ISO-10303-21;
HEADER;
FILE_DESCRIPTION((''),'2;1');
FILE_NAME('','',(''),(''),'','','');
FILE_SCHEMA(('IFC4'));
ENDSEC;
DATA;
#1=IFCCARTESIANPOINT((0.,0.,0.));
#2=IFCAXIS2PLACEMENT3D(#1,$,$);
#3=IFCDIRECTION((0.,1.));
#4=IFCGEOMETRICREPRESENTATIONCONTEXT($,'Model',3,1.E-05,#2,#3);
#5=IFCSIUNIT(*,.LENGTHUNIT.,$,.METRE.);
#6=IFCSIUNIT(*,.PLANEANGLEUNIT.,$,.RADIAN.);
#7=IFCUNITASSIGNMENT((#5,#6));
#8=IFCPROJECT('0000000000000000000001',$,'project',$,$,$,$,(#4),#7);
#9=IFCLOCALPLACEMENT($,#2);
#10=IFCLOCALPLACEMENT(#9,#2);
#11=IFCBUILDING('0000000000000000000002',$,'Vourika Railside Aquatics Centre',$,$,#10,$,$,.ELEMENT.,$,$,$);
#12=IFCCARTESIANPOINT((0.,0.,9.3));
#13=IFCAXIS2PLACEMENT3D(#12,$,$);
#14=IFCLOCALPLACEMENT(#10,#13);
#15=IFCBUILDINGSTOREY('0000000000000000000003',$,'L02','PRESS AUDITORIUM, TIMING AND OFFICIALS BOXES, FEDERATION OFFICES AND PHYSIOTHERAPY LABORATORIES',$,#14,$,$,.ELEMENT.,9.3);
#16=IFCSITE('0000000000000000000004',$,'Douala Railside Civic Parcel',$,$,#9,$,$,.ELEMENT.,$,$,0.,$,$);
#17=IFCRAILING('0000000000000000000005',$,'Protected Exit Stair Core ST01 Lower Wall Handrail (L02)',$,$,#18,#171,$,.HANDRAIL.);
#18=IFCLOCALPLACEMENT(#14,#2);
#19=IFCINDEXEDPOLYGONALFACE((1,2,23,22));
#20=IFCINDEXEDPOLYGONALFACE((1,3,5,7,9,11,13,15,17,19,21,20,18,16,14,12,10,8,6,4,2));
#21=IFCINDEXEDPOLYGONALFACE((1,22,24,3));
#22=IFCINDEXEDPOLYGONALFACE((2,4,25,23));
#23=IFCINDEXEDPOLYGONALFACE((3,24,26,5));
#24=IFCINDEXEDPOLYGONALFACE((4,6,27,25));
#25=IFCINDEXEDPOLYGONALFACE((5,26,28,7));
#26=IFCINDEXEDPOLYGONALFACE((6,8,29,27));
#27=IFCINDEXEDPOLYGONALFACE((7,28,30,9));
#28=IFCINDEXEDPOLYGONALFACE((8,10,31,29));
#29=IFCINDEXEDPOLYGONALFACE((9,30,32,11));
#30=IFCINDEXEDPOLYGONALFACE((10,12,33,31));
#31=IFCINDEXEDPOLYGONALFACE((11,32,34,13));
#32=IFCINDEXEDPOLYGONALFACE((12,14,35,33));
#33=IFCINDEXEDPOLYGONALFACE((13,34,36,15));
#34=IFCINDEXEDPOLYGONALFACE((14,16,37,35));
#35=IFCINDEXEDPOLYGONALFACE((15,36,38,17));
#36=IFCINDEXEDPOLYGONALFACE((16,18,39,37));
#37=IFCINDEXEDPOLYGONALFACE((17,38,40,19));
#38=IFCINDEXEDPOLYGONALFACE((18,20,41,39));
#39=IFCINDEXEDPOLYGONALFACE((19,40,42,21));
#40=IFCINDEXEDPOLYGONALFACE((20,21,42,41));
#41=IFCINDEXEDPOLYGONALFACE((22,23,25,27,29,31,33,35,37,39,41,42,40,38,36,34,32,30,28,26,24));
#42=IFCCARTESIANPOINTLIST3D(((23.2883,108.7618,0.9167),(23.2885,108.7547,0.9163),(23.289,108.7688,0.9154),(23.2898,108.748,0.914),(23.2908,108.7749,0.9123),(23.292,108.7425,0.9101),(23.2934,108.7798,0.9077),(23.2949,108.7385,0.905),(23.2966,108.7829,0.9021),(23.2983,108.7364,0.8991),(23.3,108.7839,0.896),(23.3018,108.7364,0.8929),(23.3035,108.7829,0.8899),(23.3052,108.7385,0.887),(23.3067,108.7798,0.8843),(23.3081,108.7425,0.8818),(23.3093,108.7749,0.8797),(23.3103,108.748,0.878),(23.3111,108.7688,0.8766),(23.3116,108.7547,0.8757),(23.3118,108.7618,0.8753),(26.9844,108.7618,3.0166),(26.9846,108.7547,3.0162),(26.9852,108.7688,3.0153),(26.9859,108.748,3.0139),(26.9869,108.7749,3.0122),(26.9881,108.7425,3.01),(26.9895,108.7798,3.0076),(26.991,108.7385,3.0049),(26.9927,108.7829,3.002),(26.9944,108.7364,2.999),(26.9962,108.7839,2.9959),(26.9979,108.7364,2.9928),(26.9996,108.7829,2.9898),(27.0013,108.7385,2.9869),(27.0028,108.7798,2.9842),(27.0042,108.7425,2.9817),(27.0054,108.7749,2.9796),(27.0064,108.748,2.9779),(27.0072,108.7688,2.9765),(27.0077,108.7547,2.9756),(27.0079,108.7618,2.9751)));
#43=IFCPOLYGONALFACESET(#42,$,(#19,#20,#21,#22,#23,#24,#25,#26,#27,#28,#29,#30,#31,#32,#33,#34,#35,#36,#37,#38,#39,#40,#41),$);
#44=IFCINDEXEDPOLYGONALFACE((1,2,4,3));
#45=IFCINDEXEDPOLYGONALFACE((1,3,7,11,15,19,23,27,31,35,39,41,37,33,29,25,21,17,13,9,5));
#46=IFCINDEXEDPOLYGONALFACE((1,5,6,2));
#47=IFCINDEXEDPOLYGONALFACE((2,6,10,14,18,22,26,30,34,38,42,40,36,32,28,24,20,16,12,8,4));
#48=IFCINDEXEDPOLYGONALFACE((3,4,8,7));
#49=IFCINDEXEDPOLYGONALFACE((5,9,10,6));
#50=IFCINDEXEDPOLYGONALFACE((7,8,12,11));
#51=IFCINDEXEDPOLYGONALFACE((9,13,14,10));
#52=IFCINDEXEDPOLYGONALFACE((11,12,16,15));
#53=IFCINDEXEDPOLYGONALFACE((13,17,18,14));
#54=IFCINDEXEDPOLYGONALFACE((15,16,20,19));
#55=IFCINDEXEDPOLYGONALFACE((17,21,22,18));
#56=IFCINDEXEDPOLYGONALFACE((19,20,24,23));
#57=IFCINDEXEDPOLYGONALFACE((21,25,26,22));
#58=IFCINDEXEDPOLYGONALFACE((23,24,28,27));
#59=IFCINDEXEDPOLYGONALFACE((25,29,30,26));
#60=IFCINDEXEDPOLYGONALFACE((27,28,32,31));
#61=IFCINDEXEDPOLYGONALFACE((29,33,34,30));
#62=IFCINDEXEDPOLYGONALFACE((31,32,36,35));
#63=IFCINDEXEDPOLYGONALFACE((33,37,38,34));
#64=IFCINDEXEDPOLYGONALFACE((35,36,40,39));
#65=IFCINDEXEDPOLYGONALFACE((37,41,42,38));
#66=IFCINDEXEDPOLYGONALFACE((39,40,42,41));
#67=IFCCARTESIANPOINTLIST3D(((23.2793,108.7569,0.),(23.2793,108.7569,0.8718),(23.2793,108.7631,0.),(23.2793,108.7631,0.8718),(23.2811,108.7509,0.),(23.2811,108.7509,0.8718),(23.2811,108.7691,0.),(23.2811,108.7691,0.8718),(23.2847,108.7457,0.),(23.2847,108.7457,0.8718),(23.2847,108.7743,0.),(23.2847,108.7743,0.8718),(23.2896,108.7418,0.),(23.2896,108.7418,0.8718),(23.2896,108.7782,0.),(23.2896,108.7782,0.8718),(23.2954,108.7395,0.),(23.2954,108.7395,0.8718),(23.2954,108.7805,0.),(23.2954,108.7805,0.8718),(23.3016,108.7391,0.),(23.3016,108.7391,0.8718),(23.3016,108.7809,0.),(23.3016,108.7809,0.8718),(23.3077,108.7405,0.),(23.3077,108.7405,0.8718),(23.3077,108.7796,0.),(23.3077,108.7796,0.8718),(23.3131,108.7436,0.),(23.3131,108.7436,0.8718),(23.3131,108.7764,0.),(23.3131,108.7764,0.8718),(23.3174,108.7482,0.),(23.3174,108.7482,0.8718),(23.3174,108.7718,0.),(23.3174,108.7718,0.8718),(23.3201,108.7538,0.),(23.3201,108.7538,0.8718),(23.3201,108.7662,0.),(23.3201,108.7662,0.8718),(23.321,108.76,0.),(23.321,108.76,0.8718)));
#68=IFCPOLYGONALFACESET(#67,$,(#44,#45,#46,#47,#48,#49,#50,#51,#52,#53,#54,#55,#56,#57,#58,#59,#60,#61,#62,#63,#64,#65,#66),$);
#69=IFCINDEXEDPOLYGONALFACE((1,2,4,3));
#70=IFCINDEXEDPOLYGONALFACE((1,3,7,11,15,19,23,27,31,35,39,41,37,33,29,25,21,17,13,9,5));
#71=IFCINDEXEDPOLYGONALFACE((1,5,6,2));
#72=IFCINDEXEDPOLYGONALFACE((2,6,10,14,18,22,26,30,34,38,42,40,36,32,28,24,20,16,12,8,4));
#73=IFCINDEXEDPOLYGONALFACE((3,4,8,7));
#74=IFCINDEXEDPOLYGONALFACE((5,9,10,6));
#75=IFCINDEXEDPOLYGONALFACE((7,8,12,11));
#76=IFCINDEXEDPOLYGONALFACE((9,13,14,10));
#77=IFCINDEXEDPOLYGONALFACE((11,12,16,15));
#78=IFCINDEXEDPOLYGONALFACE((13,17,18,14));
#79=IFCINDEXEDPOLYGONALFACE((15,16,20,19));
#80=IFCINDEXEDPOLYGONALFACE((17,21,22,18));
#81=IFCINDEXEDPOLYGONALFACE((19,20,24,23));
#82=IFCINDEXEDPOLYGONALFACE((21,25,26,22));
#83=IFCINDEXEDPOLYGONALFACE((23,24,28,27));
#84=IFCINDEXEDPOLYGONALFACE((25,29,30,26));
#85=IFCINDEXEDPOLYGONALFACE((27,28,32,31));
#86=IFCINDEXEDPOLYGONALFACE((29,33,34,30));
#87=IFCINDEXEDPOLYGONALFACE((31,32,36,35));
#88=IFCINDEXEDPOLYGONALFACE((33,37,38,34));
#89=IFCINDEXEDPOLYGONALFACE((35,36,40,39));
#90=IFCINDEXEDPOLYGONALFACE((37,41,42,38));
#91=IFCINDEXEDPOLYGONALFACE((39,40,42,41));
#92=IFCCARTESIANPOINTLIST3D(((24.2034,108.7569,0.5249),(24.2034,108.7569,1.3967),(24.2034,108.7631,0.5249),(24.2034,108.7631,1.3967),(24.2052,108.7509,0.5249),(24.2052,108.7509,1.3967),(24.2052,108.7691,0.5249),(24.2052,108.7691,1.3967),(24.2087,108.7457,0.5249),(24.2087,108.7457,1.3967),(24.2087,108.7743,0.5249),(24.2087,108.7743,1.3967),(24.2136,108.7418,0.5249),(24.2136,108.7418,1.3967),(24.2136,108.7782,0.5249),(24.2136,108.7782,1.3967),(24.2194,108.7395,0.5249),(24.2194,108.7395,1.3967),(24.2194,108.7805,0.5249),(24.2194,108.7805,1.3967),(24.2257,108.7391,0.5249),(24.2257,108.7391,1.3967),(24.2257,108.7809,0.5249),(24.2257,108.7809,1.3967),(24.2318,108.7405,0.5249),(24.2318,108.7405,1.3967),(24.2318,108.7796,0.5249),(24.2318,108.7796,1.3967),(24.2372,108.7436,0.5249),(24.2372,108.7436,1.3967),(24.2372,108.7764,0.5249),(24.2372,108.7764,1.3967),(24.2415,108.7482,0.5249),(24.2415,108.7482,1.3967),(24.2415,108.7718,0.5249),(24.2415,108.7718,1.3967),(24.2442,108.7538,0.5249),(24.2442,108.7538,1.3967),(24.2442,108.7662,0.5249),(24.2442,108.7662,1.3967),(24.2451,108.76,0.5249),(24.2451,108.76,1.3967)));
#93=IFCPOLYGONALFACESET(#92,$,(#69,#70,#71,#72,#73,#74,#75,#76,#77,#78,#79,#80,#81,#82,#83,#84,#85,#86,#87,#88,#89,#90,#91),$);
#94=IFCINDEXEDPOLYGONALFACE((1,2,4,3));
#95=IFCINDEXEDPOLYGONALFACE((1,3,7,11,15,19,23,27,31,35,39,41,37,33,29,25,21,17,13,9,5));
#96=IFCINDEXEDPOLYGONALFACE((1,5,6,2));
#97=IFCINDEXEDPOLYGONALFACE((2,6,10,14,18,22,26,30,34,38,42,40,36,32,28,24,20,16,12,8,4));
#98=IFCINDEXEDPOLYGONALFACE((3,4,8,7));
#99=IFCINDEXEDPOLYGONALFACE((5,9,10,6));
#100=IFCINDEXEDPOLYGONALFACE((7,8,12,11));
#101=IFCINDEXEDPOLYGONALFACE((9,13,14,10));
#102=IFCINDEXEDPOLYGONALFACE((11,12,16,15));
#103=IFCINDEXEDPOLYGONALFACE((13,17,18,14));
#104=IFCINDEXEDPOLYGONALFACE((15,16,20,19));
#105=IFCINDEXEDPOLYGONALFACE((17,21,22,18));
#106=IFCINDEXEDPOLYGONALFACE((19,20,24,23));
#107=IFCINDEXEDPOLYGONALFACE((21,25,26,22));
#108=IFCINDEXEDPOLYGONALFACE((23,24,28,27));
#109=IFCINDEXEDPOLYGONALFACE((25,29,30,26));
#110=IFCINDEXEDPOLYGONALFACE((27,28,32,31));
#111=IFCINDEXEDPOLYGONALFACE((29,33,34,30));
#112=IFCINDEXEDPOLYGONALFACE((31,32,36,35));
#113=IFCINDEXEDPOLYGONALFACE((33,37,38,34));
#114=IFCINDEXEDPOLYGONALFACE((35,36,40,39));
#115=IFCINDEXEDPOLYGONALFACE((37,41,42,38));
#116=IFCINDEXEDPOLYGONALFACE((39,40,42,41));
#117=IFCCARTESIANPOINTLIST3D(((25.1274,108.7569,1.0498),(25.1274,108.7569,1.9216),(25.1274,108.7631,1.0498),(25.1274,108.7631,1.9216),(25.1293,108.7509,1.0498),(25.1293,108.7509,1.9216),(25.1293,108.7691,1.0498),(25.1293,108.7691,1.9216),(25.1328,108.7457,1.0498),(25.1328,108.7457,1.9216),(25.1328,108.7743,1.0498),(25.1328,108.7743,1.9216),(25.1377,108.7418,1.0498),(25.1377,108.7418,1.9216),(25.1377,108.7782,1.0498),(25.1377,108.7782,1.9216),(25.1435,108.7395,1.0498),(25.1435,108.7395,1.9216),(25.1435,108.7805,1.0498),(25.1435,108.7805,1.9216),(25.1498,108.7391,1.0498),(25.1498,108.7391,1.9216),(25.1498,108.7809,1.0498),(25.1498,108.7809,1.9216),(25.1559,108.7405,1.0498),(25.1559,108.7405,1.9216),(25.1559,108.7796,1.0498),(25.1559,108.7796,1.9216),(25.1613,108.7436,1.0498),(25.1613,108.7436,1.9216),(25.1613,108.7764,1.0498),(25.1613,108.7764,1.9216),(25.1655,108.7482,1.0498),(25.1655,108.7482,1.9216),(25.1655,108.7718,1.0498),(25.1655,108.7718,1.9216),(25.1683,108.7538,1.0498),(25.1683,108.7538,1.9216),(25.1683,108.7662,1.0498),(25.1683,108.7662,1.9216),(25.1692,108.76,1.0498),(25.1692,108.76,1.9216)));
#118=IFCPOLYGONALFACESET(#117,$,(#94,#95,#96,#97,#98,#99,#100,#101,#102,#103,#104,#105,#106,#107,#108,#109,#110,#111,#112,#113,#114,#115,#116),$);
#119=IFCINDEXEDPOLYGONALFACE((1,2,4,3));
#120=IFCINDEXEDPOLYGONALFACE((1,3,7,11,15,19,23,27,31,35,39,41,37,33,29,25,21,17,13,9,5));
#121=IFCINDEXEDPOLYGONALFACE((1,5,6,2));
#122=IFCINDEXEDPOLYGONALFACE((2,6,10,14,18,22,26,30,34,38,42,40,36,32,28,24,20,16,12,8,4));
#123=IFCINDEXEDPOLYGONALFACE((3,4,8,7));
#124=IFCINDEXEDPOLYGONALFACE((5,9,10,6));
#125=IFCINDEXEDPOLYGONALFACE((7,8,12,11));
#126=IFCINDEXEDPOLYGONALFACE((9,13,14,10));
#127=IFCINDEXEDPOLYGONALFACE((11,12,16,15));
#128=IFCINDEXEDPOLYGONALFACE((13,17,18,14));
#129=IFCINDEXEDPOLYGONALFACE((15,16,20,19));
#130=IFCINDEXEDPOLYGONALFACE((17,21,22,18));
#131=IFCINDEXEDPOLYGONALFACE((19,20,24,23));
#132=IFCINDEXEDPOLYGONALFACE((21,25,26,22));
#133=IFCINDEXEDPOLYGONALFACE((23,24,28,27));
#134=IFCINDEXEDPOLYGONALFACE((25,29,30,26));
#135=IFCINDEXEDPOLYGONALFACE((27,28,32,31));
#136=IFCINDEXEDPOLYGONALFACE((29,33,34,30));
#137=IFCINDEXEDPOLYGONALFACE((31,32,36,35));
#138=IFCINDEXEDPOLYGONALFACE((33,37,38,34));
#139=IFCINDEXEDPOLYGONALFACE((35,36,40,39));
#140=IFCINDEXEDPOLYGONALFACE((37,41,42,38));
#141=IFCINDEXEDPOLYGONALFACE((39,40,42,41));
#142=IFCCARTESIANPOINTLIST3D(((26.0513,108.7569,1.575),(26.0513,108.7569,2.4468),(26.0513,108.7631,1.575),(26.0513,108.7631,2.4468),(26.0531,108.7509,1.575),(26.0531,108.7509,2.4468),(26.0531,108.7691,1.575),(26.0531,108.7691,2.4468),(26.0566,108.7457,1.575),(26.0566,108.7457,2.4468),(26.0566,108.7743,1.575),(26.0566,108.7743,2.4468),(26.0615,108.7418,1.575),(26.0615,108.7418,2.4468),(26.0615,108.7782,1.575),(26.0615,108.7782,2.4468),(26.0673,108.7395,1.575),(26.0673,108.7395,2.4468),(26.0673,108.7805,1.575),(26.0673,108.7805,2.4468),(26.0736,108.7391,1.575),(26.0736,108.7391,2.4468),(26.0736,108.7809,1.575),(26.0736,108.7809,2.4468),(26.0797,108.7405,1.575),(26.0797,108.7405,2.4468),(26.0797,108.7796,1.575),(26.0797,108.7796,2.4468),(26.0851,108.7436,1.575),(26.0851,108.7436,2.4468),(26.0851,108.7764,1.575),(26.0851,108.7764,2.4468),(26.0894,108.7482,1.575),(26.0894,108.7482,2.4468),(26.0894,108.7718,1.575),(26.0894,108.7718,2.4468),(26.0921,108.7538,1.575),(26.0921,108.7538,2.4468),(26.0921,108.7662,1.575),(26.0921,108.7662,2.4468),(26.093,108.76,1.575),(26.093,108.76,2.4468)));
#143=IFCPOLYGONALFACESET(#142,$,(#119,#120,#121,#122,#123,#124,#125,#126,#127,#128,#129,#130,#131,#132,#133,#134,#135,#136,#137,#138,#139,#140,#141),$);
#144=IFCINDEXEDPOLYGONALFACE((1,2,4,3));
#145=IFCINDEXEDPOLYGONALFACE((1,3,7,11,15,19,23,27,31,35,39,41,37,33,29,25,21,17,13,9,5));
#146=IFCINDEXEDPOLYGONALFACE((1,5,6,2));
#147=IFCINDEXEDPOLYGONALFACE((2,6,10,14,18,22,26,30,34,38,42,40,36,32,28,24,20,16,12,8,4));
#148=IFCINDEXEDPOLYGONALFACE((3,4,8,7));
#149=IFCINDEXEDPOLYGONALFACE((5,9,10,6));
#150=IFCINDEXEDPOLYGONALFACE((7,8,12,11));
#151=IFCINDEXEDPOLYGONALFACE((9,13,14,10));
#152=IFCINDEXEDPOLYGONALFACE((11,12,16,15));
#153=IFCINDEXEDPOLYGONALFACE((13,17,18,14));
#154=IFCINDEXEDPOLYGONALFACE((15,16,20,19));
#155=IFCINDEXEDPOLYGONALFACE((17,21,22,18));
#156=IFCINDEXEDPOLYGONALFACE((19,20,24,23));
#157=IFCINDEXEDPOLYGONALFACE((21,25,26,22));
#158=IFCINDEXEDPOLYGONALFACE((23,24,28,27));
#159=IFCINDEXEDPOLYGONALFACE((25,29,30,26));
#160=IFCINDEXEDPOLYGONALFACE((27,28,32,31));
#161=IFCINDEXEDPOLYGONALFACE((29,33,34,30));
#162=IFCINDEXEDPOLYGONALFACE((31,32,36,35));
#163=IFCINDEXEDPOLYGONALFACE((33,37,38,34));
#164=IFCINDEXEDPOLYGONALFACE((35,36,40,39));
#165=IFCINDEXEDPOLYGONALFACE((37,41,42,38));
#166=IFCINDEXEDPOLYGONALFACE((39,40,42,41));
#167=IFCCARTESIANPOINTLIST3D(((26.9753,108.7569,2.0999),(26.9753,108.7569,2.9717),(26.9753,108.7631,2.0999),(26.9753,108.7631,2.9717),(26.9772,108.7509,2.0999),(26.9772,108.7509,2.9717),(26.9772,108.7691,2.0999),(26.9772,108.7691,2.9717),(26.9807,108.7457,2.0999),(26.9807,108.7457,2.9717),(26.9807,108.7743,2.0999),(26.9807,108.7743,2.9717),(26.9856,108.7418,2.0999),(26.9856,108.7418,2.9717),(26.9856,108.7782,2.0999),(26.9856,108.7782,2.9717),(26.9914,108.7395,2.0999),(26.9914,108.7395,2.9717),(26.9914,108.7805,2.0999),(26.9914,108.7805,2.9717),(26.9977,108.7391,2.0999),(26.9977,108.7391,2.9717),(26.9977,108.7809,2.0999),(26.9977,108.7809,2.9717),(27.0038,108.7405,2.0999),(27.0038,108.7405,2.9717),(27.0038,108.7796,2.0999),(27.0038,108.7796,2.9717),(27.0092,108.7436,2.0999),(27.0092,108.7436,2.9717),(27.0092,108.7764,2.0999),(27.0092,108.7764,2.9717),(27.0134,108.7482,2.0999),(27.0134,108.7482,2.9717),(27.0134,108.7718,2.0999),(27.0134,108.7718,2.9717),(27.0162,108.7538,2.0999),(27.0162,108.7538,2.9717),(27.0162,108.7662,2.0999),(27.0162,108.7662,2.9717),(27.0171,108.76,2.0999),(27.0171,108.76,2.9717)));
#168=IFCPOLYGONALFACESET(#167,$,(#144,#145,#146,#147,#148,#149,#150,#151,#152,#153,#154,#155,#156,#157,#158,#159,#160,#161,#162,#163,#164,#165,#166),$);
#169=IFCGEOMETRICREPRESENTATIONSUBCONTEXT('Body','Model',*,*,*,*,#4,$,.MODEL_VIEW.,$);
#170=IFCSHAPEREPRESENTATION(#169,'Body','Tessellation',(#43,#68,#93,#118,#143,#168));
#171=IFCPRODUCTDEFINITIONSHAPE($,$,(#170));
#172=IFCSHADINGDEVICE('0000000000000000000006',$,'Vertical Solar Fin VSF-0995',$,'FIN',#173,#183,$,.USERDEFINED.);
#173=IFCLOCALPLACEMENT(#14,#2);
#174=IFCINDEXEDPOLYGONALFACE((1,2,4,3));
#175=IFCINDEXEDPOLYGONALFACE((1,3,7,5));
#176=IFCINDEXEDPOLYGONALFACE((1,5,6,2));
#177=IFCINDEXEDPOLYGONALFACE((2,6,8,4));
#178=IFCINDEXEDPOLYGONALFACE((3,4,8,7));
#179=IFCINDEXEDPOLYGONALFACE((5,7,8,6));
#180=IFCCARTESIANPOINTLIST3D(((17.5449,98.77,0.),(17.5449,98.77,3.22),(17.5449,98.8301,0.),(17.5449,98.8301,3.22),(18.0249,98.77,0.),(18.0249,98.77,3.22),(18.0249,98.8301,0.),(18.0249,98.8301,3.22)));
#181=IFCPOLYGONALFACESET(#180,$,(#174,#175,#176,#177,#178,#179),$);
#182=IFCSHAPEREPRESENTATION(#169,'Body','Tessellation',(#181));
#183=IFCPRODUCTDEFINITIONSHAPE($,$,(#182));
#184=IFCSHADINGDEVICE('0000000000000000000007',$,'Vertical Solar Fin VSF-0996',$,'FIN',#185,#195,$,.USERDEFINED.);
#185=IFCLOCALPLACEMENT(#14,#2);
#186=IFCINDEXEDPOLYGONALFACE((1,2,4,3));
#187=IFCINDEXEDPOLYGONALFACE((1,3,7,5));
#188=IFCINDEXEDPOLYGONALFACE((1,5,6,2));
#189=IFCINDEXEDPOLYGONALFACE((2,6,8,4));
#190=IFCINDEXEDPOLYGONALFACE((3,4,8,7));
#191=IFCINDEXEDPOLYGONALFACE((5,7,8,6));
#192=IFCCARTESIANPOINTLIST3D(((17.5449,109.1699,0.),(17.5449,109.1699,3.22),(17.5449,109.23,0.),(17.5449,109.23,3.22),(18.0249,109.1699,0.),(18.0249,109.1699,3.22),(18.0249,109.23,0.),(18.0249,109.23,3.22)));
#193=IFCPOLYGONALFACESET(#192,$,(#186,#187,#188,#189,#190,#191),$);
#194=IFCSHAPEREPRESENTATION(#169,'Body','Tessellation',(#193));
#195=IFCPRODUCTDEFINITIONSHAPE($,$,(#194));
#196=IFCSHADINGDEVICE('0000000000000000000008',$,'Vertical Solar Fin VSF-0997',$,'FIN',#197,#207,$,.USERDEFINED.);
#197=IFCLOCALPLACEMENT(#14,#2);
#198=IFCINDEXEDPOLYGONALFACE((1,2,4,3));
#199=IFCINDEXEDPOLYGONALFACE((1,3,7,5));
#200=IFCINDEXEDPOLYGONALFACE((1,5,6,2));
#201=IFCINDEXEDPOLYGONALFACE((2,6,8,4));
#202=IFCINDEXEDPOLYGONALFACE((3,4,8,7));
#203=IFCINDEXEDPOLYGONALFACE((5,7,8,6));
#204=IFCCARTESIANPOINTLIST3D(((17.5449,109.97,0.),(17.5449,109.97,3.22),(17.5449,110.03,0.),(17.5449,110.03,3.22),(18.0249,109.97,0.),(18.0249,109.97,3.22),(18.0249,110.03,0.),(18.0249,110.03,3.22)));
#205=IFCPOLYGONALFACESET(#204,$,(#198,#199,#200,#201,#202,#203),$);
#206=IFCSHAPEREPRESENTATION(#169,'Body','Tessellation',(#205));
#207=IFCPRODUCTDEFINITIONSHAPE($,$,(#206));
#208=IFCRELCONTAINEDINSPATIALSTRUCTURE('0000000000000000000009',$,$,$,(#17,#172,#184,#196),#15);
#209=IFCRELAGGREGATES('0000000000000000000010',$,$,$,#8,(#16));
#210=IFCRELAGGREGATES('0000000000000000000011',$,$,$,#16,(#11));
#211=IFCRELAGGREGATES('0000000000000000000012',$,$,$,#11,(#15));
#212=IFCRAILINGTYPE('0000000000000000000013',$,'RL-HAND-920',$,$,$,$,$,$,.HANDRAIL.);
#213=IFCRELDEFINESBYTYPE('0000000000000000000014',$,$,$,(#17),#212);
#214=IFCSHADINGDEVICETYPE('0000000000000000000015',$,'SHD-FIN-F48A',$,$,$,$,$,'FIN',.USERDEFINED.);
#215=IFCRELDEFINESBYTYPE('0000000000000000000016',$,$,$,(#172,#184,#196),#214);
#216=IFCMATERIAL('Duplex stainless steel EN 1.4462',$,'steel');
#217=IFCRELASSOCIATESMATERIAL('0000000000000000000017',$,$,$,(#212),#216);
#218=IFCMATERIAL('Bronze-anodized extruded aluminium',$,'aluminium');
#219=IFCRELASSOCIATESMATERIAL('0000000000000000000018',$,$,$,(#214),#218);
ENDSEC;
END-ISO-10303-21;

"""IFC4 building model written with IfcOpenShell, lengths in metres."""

from ifc_helpers import new_model, si_unit, direction, frame, origin, origin_2d, place, context, subcontext, project, spatial, rectangle, circle, extrude, material, material_profile, profile_set, type_object, element, save


model = new_model("IFC4")

# Units and contexts
model_context = context("Model", 3, precision=1e-05, world=origin(), true_north=direction((0.0, 1.0)))
body_context = subcontext(model_context, "Body", "Model", "MODEL_VIEW")
ifc_project = project(units=[si_unit("LENGTHUNIT", "METRE"), si_unit("PLANEANGLEUNIT", "RADIAN")], contexts=[model_context])

# Site, building, storey
site_placement = place(None, origin())
site = spatial("IfcSite", under=ifc_project, at=site_placement, Name="Douala Railside Civic Parcel", CompositionType="ELEMENT", RefElevation=0.0)
building_placement = place(site_placement, origin())
building = spatial("IfcBuilding", under=site, at=building_placement, Name="Vourika Railside Aquatics Centre", CompositionType="ELEMENT")
storey_placement = place(building_placement, frame((0.0, 0.0, 9.3)))
storey = spatial("IfcBuildingStorey", under=building, at=storey_placement, Name="L02", Description="PRESS AUDITORIUM, TIMING AND OFFICIALS BOXES, FEDERATION OFFICES AND PHYSIOTHERAPY LABORATORIES", CompositionType="ELEMENT", Elevation=9.3)

# Railing
ifc_material_1 = material(Name="Duplex stainless steel EN 1.4462", Category="steel")
railing_type = type_object("IfcRailingType", Name="RL-HAND-920", PredefinedType="HANDRAIL", material=ifc_material_1)
railing_placement = place(storey_placement, frame((23.3, 108.76, 0.0)))
element("IfcRailing", 1, at=railing_placement, inside=storey, type_object=railing_type, Name="Protected Exit Stair Core ST01 Lower Wall Handrail (L02)", PredefinedType="HANDRAIL", context=body_context, shape_type="SweptSolid", body=[
    extrude(circle(Radius=0.0239, at=origin_2d()), frame((0.0, 0.0, 0.896), z_axis=(0.869474, 0.0, 0.493979), x_axis=(0.0, 1.0, 0.0)), (0.0, 0.0, 1.0), 4.251),
    extrude(circle(Radius=0.021, at=origin_2d()), origin(), (0.0, 0.0, 1.0), 0.8718),
    extrude(circle(Radius=0.021, at=origin_2d()), frame((0.9241, 0.0, 0.5249)), (0.0, 0.0, 1.0), 0.8718),
    extrude(circle(Radius=0.021, at=origin_2d()), frame((1.8481, 0.0, 1.0498)), (0.0, 0.0, 1.0), 0.8718),
    extrude(circle(Radius=0.021, at=origin_2d()), frame((2.772, 0.0, 1.575)), (0.0, 0.0, 1.0), 0.8718),
    extrude(circle(Radius=0.021, at=origin_2d()), frame((3.696, 0.0, 2.0999)), (0.0, 0.0, 1.0), 0.8718),
])

# Shading devices
ifc_material_2 = material(Name="Bronze-anodized extruded aluminium", Category="aluminium")
ifc_material_profile_1 = material_profile(ifc_material_2, rectangle(XDim=0.0601, YDim=0.48, at=origin_2d()), Name="ALU-FIN 60x480")
ifc_profile_set_1 = profile_set([ifc_material_profile_1], Name="Bronze-anodized extruded aluminium")
shading_device_type = type_object("IfcShadingDeviceType", Name="SHD-FIN-F48A", ElementType="FIN", PredefinedType="USERDEFINED", material=ifc_profile_set_1)
for number, where, z_axis, x_axis, name in (
    (2, (17.7849, 98.8, 0.0), (0.0, 0.0, 1.0), (0.0, 1.0, 0.0), "Vertical Solar Fin VSF-0995"),
    (3, (17.7849, 109.2, 0.0), (0.0, 0.0, 1.0), (0.0, 1.0, 0.0), "Vertical Solar Fin VSF-0996"),
    (4, (17.7849, 110.0, 0.0), (0.0, 0.0, 1.0), (0.0, 1.0, 0.0), "Vertical Solar Fin VSF-0997"),
):
    element("IfcShadingDevice", number, at=place(storey_placement, frame(where, z_axis=z_axis, x_axis=x_axis)), inside=storey, type_object=shading_device_type, Name=name, ObjectType="FIN", PredefinedType="USERDEFINED", context=body_context, shape_type="SweptSolid", body=[
        extrude(rectangle(XDim=0.0601, YDim=0.48, at=origin_2d()), origin(), (0.0, 0.0, 1.0), 3.22),
    ])

save(model, "model.ifc")
